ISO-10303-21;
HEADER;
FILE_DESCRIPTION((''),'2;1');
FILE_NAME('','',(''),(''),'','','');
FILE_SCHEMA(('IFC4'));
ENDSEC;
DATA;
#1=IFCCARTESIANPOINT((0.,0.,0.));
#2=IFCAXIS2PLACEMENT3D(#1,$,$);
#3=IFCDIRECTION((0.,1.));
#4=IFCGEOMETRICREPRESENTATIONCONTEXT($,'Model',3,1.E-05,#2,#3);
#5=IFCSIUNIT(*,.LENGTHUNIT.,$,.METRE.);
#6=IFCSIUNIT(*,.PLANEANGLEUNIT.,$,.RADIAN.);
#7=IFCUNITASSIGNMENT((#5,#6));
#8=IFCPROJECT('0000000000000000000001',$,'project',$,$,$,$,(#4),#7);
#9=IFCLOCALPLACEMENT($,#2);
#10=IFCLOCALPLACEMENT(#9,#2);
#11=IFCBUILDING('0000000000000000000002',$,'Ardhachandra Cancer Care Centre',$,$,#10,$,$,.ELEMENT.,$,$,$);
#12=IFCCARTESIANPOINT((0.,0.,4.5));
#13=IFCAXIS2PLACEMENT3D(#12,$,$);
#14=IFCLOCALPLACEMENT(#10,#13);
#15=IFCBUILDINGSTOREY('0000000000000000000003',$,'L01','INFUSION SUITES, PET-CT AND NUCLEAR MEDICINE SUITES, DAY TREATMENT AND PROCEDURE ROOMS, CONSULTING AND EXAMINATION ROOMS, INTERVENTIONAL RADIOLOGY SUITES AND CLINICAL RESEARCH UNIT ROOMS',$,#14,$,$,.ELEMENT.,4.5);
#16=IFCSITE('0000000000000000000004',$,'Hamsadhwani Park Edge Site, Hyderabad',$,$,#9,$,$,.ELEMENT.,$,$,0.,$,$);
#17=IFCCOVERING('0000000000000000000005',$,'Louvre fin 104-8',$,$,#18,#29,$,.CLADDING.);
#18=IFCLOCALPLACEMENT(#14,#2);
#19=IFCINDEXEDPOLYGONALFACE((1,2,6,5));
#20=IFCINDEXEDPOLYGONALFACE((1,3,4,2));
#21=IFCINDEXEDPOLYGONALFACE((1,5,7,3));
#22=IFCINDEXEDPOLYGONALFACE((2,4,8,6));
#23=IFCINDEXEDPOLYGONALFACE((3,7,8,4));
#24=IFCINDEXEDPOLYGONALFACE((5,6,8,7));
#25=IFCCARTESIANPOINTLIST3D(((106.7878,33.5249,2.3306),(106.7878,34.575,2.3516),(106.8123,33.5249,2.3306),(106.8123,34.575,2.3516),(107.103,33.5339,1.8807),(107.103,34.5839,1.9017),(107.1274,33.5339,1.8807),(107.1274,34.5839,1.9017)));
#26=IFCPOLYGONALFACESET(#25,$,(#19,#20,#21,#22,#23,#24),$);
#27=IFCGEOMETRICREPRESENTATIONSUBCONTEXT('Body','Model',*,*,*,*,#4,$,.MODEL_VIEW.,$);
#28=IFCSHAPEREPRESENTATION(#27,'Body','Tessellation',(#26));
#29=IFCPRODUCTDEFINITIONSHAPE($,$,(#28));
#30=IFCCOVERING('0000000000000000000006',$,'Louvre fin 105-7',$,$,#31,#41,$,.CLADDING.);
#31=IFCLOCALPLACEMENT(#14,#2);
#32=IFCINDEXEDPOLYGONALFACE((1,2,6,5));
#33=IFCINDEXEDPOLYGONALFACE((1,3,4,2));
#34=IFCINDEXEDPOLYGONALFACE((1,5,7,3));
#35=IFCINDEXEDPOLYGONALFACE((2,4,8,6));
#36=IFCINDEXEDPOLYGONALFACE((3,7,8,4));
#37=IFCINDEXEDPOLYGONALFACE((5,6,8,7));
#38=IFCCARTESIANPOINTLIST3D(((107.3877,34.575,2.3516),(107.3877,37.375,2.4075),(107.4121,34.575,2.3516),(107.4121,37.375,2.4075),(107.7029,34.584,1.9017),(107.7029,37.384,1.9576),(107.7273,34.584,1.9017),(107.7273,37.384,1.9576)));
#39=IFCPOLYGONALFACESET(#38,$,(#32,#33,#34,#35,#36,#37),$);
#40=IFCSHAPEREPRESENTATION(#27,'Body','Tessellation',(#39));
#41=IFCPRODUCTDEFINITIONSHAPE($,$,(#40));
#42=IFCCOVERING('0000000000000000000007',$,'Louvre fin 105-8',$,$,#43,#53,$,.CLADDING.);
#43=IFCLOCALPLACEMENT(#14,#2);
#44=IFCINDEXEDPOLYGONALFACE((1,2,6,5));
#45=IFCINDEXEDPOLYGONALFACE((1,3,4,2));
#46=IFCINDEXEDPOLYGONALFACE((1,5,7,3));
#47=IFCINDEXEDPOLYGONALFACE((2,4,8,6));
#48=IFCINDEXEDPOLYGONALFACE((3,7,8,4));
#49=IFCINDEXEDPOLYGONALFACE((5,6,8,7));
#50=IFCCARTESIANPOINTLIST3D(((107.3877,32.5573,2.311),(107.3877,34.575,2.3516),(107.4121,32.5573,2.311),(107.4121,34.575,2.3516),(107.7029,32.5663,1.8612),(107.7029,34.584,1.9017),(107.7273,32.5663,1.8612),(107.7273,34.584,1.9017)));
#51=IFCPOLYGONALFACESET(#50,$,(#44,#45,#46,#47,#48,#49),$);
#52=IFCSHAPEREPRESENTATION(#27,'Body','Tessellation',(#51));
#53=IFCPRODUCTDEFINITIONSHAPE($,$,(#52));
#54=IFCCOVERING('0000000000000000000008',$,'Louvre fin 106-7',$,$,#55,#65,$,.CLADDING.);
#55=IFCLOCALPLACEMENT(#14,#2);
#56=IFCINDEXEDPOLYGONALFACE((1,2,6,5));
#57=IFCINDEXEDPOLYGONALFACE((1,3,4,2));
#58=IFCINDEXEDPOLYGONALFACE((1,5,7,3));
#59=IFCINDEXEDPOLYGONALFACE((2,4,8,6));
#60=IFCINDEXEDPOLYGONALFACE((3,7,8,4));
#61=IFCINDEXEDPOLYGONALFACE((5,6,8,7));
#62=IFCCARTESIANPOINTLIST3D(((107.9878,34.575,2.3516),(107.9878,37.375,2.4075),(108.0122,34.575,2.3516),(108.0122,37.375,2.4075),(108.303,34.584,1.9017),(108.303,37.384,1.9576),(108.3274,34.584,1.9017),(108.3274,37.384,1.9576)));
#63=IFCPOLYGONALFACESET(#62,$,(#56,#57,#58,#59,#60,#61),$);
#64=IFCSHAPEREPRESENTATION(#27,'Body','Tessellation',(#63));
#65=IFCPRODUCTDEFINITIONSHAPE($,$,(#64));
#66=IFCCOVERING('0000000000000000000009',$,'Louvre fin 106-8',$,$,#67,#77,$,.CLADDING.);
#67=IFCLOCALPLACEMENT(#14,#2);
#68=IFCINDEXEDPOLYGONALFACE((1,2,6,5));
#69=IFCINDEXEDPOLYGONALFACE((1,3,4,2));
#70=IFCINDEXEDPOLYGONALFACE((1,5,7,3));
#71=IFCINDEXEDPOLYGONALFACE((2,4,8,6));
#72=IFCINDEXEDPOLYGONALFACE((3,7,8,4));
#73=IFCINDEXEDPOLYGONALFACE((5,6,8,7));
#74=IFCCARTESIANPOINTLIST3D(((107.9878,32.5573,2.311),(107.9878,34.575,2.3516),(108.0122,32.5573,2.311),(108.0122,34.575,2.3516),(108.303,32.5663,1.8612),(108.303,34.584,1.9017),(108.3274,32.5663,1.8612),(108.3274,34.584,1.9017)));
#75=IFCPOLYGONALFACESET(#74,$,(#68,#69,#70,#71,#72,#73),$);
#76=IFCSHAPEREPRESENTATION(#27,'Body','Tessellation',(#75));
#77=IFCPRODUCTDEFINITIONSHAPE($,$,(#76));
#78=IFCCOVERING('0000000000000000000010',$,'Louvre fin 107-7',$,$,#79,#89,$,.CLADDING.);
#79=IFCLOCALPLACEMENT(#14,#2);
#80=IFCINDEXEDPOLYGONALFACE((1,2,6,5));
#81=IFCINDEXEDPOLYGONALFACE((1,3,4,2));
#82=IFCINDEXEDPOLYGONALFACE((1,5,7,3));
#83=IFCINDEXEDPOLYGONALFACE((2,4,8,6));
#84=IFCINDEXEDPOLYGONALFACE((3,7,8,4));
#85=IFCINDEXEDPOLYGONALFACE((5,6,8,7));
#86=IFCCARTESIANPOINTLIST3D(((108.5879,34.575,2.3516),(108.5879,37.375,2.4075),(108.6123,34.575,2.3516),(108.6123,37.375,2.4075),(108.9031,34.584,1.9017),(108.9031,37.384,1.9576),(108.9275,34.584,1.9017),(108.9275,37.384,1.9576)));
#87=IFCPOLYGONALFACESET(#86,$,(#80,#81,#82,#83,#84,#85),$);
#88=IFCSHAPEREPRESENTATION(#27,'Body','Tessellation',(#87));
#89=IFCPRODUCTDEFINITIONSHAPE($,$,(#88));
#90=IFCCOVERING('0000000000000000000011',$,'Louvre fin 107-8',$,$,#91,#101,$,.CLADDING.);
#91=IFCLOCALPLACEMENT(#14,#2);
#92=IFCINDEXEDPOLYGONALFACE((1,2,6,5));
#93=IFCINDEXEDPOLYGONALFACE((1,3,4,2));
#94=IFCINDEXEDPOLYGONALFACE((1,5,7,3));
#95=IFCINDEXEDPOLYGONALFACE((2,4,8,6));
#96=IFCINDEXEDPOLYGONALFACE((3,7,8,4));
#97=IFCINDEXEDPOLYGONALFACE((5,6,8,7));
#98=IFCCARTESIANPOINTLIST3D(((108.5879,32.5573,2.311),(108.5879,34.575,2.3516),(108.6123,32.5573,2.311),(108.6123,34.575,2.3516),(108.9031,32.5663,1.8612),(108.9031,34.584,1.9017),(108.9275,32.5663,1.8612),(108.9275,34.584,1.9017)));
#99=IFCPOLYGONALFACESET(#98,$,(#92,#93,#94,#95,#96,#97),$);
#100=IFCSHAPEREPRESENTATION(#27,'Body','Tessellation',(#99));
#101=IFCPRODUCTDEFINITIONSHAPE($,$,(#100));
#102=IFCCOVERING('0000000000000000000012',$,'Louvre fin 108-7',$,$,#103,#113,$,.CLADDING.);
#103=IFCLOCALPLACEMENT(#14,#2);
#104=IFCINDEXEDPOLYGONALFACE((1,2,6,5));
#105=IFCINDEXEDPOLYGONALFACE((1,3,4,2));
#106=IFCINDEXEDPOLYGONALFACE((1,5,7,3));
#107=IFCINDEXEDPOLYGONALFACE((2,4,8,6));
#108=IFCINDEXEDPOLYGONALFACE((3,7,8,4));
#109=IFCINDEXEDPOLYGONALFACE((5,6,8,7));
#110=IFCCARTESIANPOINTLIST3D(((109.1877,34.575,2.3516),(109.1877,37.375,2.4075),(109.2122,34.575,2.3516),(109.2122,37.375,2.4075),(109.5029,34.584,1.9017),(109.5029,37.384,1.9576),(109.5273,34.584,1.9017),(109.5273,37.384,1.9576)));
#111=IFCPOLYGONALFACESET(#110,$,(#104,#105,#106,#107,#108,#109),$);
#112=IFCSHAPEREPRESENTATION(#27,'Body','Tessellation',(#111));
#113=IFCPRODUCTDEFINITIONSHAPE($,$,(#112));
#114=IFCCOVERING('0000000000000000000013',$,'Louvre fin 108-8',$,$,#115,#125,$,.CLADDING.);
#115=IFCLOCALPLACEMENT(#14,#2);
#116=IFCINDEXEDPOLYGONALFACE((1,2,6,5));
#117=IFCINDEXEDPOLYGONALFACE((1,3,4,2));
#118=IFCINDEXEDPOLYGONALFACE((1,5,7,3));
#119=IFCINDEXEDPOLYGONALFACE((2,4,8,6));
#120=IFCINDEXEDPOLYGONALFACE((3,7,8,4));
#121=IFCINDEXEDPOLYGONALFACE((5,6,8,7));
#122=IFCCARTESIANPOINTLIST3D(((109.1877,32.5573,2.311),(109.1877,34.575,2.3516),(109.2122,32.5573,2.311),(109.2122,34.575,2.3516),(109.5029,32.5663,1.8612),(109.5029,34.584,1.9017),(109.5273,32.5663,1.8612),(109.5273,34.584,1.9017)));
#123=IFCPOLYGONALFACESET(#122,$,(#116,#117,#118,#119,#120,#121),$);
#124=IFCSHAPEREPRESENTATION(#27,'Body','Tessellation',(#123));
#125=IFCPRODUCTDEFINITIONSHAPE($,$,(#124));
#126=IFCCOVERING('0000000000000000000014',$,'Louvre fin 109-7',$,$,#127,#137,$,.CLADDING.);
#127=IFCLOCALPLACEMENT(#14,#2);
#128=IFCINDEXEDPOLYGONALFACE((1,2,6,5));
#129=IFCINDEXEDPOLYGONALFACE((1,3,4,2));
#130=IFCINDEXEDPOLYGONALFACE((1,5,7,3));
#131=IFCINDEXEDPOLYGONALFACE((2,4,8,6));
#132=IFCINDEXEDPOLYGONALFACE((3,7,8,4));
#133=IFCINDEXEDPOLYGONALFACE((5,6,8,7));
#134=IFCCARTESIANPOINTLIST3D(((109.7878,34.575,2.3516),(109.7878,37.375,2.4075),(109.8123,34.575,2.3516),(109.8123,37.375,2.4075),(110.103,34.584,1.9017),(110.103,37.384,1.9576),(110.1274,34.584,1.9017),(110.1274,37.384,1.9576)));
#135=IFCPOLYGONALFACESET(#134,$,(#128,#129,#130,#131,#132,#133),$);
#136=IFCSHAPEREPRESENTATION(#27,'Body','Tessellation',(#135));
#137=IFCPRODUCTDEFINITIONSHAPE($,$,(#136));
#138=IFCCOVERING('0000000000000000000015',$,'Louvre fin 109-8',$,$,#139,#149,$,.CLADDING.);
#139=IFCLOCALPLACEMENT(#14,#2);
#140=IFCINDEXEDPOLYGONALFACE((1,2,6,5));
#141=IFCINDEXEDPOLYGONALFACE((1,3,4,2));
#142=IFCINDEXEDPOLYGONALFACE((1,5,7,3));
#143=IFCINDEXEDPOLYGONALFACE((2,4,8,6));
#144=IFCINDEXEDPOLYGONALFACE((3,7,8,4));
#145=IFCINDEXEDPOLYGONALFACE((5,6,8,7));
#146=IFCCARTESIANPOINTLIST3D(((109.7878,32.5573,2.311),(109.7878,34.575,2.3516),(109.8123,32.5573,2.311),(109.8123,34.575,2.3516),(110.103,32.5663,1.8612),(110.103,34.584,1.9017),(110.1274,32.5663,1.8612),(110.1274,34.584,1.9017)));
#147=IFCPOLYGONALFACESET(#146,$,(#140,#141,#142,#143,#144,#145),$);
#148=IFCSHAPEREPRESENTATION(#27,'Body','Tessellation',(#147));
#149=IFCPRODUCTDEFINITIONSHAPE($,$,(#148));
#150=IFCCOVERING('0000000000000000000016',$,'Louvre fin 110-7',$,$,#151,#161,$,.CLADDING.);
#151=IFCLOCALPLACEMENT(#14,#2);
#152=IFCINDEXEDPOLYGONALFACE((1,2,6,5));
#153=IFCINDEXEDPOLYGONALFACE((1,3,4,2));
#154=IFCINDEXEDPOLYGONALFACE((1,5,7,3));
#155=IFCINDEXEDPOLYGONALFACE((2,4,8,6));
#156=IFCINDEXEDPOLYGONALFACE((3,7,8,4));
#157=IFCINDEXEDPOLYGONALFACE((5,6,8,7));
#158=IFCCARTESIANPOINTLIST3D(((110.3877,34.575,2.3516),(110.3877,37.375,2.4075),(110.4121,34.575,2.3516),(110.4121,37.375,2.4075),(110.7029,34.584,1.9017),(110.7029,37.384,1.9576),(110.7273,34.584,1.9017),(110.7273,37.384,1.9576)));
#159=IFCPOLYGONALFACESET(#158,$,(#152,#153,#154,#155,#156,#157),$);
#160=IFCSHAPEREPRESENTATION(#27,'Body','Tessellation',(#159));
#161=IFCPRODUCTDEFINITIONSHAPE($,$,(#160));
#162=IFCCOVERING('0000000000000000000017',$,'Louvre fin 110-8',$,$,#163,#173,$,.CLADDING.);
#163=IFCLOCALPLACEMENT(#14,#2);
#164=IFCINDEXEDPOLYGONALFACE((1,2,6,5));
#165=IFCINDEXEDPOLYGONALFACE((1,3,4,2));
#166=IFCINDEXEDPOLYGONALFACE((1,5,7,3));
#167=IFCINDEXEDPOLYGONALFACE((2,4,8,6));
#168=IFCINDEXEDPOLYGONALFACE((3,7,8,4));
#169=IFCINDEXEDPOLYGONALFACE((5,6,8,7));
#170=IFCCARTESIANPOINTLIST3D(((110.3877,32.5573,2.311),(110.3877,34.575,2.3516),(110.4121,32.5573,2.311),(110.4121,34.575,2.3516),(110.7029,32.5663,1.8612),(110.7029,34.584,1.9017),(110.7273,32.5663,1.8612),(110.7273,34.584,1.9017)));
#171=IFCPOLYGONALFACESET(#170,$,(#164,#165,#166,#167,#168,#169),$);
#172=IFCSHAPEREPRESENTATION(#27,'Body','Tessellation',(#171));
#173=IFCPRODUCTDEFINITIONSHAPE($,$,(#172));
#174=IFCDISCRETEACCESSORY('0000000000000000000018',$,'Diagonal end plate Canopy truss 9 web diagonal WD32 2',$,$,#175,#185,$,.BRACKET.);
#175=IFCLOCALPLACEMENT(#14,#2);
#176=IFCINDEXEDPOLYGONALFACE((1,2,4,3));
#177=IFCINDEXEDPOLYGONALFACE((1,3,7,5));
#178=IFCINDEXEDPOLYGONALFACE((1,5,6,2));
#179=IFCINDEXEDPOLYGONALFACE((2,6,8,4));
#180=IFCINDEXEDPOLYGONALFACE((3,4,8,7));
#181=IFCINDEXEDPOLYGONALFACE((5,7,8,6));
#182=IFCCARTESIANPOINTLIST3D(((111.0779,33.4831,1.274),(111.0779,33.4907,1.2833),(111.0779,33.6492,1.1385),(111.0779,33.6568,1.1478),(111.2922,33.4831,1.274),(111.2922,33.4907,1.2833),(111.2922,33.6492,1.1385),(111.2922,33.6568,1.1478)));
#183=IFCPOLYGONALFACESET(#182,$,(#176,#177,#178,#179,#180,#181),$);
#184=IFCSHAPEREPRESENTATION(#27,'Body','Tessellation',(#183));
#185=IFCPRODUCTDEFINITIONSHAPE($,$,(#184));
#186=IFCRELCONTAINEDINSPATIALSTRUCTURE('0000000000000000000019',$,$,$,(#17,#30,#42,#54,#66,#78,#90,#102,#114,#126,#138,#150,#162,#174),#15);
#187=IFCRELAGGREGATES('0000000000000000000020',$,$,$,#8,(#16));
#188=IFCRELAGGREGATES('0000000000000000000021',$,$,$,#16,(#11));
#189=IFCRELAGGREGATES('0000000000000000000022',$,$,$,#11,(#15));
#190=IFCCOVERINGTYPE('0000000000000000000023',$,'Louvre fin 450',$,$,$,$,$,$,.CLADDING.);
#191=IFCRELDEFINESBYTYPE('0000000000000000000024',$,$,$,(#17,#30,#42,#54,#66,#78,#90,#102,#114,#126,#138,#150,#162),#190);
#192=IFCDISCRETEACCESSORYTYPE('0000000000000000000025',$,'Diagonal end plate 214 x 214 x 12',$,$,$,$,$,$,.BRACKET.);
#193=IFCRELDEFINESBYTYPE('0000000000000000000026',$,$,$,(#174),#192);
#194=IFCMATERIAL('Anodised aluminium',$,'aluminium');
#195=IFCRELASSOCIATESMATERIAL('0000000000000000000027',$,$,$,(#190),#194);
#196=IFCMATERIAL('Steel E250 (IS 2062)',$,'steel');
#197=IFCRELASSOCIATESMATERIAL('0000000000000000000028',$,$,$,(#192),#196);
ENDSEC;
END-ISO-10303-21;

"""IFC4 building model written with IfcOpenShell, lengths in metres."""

from ifc_helpers import new_model, si_unit, direction, frame, origin, origin_2d, place, context, subcontext, project, spatial, polyline, rectangle, outline, extrude, material, material_profile, profile_set, type_object, element, save


model = new_model("IFC4")

# Units and contexts
model_context = context("Model", 3, precision=1e-05, world=origin(), true_north=direction((0.0, 1.0)))
body_context = subcontext(model_context, "Body", "Model", "MODEL_VIEW")
ifc_project = project(units=[si_unit("LENGTHUNIT", "METRE"), si_unit("PLANEANGLEUNIT", "RADIAN")], contexts=[model_context])

# Site, building, storey
site_placement = place(None, origin())
site = spatial("IfcSite", under=ifc_project, at=site_placement, Name="Hamsadhwani Park Edge Site, Hyderabad", CompositionType="ELEMENT", RefElevation=0.0)
building_placement = place(site_placement, origin())
building = spatial("IfcBuilding", under=site, at=building_placement, Name="Ardhachandra Cancer Care Centre", CompositionType="ELEMENT")
storey_placement = place(building_placement, frame((0.0, 0.0, 4.5)))
storey = spatial("IfcBuildingStorey", under=building, at=storey_placement, Name="L01", Description="INFUSION SUITES, PET-CT AND NUCLEAR MEDICINE SUITES, DAY TREATMENT AND PROCEDURE ROOMS, CONSULTING AND EXAMINATION ROOMS, INTERVENTIONAL RADIOLOGY SUITES AND CLINICAL RESEARCH UNIT ROOMS", CompositionType="ELEMENT", Elevation=4.5)

# Coverings
ifc_material_1 = material(Name="Anodised aluminium", Category="aluminium")
ifc_material_profile_1 = material_profile(ifc_material_1, outline(polyline([(-0.0122, 0.0), (0.0122, 0.0), (0.3274, -0.45), (0.303, -0.45), (-0.0122, 0.0)])), Name="Louvre fin 450")
ifc_profile_set_1 = profile_set([ifc_material_profile_1], Name="Anodised aluminium")
covering_type = type_object("IfcCoveringType", Name="Louvre fin 450", PredefinedType="CLADDING", material=ifc_profile_set_1)
covering_1_placement = place(storey_placement, frame((106.8, 34.575, 2.3516), z_axis=(0.0, -0.9998, -0.019991), x_axis=(1.0, 0.0, 0.0)))
element("IfcCovering", 1, at=covering_1_placement, inside=storey, type_object=covering_type, Name="Louvre fin 104-8", PredefinedType="CLADDING", context=body_context, shape_type="SweptSolid", body=[
    extrude(outline(polyline([(-0.0122, 0.0), (0.0122, 0.0), (0.3274, -0.45), (0.303, -0.45), (-0.0122, 0.0)])), origin(), (0.0, 0.0, 1.0), 1.0503),
])
covering_2_placement = place(storey_placement, frame((107.3999, 37.375, 2.4075), z_axis=(0.0, -0.999801, -0.019963), x_axis=(1.0, 0.0, 0.0)))
element("IfcCovering", 2, at=covering_2_placement, inside=storey, type_object=covering_type, Name="Louvre fin 105-7", PredefinedType="CLADDING", context=body_context, shape_type="SweptSolid", body=[
    extrude(outline(polyline([(-0.0122, 0.0), (0.0122, 0.0), (0.3274, -0.45), (0.303, -0.45), (-0.0122, 0.0)])), origin(), (0.0, 0.0, 1.0), 2.8005),
])
covering_3_placement = place(storey_placement, frame((107.3999, 34.575, 2.3516), z_axis=(0.0, -0.999798, -0.020083), x_axis=(1.0, 0.0, 0.0)))
element("IfcCovering", 3, at=covering_3_placement, inside=storey, type_object=covering_type, Name="Louvre fin 105-8", PredefinedType="CLADDING", context=body_context, shape_type="SweptSolid", body=[
    extrude(outline(polyline([(-0.0122, 0.0), (0.0122, 0.0), (0.3274, -0.45), (0.303, -0.45), (-0.0122, 0.0)])), origin(), (0.0, 0.0, 1.0), 2.0181),
])
covering_4_placement = place(storey_placement, frame((108.0, 37.375, 2.4075), z_axis=(0.0, -0.999801, -0.019963), x_axis=(1.0, 0.0, 0.0)))
element("IfcCovering", 4, at=covering_4_placement, inside=storey, type_object=covering_type, Name="Louvre fin 106-7", PredefinedType="CLADDING", context=body_context, shape_type="SweptSolid", body=[
    extrude(outline(polyline([(-0.0122, 0.0), (0.0122, 0.0), (0.3274, -0.45), (0.303, -0.45), (-0.0122, 0.0)])), origin(), (0.0, 0.0, 1.0), 2.8005),
])
covering_5_placement = place(storey_placement, frame((108.0, 34.575, 2.3516), z_axis=(0.0, -0.999798, -0.020083), x_axis=(1.0, 0.0, 0.0)))
element("IfcCovering", 5, at=covering_5_placement, inside=storey, type_object=covering_type, Name="Louvre fin 106-8", PredefinedType="CLADDING", context=body_context, shape_type="SweptSolid", body=[
    extrude(outline(polyline([(-0.0122, 0.0), (0.0122, 0.0), (0.3274, -0.45), (0.303, -0.45), (-0.0122, 0.0)])), origin(), (0.0, 0.0, 1.0), 2.0181),
])
covering_6_placement = place(storey_placement, frame((108.6001, 37.375, 2.4075), z_axis=(0.0, -0.999801, -0.019963), x_axis=(1.0, 0.0, 0.0)))
element("IfcCovering", 6, at=covering_6_placement, inside=storey, type_object=covering_type, Name="Louvre fin 107-7", PredefinedType="CLADDING", context=body_context, shape_type="SweptSolid", body=[
    extrude(outline(polyline([(-0.0122, 0.0), (0.0122, 0.0), (0.3274, -0.45), (0.303, -0.45), (-0.0122, 0.0)])), origin(), (0.0, 0.0, 1.0), 2.8005),
])
covering_7_placement = place(storey_placement, frame((108.6001, 34.575, 2.3516), z_axis=(0.0, -0.999798, -0.020083), x_axis=(1.0, 0.0, 0.0)))
element("IfcCovering", 7, at=covering_7_placement, inside=storey, type_object=covering_type, Name="Louvre fin 107-8", PredefinedType="CLADDING", context=body_context, shape_type="SweptSolid", body=[
    extrude(outline(polyline([(-0.0122, 0.0), (0.0122, 0.0), (0.3274, -0.45), (0.303, -0.45), (-0.0122, 0.0)])), origin(), (0.0, 0.0, 1.0), 2.0181),
])
covering_8_placement = place(storey_placement, frame((109.2, 37.375, 2.4075), z_axis=(0.0, -0.999801, -0.019963), x_axis=(1.0, 0.0, 0.0)))
element("IfcCovering", 8, at=covering_8_placement, inside=storey, type_object=covering_type, Name="Louvre fin 108-7", PredefinedType="CLADDING", context=body_context, shape_type="SweptSolid", body=[
    extrude(outline(polyline([(-0.0122, 0.0), (0.0122, 0.0), (0.3274, -0.45), (0.303, -0.45), (-0.0122, 0.0)])), origin(), (0.0, 0.0, 1.0), 2.8005),
])
covering_9_placement = place(storey_placement, frame((109.2, 34.575, 2.3516), z_axis=(0.0, -0.999798, -0.020083), x_axis=(1.0, 0.0, 0.0)))
element("IfcCovering", 9, at=covering_9_placement, inside=storey, type_object=covering_type, Name="Louvre fin 108-8", PredefinedType="CLADDING", context=body_context, shape_type="SweptSolid", body=[
    extrude(outline(polyline([(-0.0122, 0.0), (0.0122, 0.0), (0.3274, -0.45), (0.303, -0.45), (-0.0122, 0.0)])), origin(), (0.0, 0.0, 1.0), 2.0181),
])
covering_10_placement = place(storey_placement, frame((109.8, 37.375, 2.4075), z_axis=(0.0, -0.999801, -0.019963), x_axis=(1.0, 0.0, 0.0)))
element("IfcCovering", 10, at=covering_10_placement, inside=storey, type_object=covering_type, Name="Louvre fin 109-7", PredefinedType="CLADDING", context=body_context, shape_type="SweptSolid", body=[
    extrude(outline(polyline([(-0.0122, 0.0), (0.0122, 0.0), (0.3274, -0.45), (0.303, -0.45), (-0.0122, 0.0)])), origin(), (0.0, 0.0, 1.0), 2.8005),
])
covering_11_placement = place(storey_placement, frame((109.8, 34.575, 2.3516), z_axis=(0.0, -0.999798, -0.020083), x_axis=(1.0, 0.0, 0.0)))
element("IfcCovering", 11, at=covering_11_placement, inside=storey, type_object=covering_type, Name="Louvre fin 109-8", PredefinedType="CLADDING", context=body_context, shape_type="SweptSolid", body=[
    extrude(outline(polyline([(-0.0122, 0.0), (0.0122, 0.0), (0.3274, -0.45), (0.303, -0.45), (-0.0122, 0.0)])), origin(), (0.0, 0.0, 1.0), 2.0181),
])
covering_12_placement = place(storey_placement, frame((110.3999, 37.375, 2.4075), z_axis=(0.0, -0.999801, -0.019963), x_axis=(1.0, 0.0, 0.0)))
element("IfcCovering", 12, at=covering_12_placement, inside=storey, type_object=covering_type, Name="Louvre fin 110-7", PredefinedType="CLADDING", context=body_context, shape_type="SweptSolid", body=[
    extrude(outline(polyline([(-0.0122, 0.0), (0.0122, 0.0), (0.3274, -0.45), (0.303, -0.45), (-0.0122, 0.0)])), origin(), (0.0, 0.0, 1.0), 2.8005),
])
covering_13_placement = place(storey_placement, frame((110.3999, 34.575, 2.3516), z_axis=(0.0, -0.999798, -0.020083), x_axis=(1.0, 0.0, 0.0)))
element("IfcCovering", 13, at=covering_13_placement, inside=storey, type_object=covering_type, Name="Louvre fin 110-8", PredefinedType="CLADDING", context=body_context, shape_type="SweptSolid", body=[
    extrude(outline(polyline([(-0.0122, 0.0), (0.0122, 0.0), (0.3274, -0.45), (0.303, -0.45), (-0.0122, 0.0)])), origin(), (0.0, 0.0, 1.0), 2.0181),
])

# Discrete accessory
ifc_material_2 = material(Name="Steel E250 (IS 2062)", Category="steel")
ifc_material_profile_2 = material_profile(ifc_material_2, rectangle(XDim=0.2144, YDim=0.2144, at=origin_2d()), Name="PL 214x214x12")
ifc_profile_set_2 = profile_set([ifc_material_profile_2], Name="Steel E250 (IS 2062)")
discrete_accessory_type = type_object("IfcDiscreteAccessoryType", Name="Diagonal end plate 214 x 214 x 12", PredefinedType="BRACKET", material=ifc_profile_set_2)
for number, where, z_axis, x_axis, name in (
    (14, (111.1851, 33.5662, 1.2063), (0.0, 0.632127, 0.774865), (-1.0, 0.0, 0.0), "Diagonal end plate Canopy truss 9 web diagonal WD32 2"),
):
    element("IfcDiscreteAccessory", number, at=place(storey_placement, frame(where, z_axis=z_axis, x_axis=x_axis)), inside=storey, type_object=discrete_accessory_type, Name=name, PredefinedType="BRACKET", context=body_context, shape_type="SweptSolid", body=[
        extrude(rectangle(XDim=0.2144, YDim=0.2144, at=origin_2d()), origin(), (0.0, 0.0, 1.0), 0.012),
    ])

save(model, "model.ifc")
